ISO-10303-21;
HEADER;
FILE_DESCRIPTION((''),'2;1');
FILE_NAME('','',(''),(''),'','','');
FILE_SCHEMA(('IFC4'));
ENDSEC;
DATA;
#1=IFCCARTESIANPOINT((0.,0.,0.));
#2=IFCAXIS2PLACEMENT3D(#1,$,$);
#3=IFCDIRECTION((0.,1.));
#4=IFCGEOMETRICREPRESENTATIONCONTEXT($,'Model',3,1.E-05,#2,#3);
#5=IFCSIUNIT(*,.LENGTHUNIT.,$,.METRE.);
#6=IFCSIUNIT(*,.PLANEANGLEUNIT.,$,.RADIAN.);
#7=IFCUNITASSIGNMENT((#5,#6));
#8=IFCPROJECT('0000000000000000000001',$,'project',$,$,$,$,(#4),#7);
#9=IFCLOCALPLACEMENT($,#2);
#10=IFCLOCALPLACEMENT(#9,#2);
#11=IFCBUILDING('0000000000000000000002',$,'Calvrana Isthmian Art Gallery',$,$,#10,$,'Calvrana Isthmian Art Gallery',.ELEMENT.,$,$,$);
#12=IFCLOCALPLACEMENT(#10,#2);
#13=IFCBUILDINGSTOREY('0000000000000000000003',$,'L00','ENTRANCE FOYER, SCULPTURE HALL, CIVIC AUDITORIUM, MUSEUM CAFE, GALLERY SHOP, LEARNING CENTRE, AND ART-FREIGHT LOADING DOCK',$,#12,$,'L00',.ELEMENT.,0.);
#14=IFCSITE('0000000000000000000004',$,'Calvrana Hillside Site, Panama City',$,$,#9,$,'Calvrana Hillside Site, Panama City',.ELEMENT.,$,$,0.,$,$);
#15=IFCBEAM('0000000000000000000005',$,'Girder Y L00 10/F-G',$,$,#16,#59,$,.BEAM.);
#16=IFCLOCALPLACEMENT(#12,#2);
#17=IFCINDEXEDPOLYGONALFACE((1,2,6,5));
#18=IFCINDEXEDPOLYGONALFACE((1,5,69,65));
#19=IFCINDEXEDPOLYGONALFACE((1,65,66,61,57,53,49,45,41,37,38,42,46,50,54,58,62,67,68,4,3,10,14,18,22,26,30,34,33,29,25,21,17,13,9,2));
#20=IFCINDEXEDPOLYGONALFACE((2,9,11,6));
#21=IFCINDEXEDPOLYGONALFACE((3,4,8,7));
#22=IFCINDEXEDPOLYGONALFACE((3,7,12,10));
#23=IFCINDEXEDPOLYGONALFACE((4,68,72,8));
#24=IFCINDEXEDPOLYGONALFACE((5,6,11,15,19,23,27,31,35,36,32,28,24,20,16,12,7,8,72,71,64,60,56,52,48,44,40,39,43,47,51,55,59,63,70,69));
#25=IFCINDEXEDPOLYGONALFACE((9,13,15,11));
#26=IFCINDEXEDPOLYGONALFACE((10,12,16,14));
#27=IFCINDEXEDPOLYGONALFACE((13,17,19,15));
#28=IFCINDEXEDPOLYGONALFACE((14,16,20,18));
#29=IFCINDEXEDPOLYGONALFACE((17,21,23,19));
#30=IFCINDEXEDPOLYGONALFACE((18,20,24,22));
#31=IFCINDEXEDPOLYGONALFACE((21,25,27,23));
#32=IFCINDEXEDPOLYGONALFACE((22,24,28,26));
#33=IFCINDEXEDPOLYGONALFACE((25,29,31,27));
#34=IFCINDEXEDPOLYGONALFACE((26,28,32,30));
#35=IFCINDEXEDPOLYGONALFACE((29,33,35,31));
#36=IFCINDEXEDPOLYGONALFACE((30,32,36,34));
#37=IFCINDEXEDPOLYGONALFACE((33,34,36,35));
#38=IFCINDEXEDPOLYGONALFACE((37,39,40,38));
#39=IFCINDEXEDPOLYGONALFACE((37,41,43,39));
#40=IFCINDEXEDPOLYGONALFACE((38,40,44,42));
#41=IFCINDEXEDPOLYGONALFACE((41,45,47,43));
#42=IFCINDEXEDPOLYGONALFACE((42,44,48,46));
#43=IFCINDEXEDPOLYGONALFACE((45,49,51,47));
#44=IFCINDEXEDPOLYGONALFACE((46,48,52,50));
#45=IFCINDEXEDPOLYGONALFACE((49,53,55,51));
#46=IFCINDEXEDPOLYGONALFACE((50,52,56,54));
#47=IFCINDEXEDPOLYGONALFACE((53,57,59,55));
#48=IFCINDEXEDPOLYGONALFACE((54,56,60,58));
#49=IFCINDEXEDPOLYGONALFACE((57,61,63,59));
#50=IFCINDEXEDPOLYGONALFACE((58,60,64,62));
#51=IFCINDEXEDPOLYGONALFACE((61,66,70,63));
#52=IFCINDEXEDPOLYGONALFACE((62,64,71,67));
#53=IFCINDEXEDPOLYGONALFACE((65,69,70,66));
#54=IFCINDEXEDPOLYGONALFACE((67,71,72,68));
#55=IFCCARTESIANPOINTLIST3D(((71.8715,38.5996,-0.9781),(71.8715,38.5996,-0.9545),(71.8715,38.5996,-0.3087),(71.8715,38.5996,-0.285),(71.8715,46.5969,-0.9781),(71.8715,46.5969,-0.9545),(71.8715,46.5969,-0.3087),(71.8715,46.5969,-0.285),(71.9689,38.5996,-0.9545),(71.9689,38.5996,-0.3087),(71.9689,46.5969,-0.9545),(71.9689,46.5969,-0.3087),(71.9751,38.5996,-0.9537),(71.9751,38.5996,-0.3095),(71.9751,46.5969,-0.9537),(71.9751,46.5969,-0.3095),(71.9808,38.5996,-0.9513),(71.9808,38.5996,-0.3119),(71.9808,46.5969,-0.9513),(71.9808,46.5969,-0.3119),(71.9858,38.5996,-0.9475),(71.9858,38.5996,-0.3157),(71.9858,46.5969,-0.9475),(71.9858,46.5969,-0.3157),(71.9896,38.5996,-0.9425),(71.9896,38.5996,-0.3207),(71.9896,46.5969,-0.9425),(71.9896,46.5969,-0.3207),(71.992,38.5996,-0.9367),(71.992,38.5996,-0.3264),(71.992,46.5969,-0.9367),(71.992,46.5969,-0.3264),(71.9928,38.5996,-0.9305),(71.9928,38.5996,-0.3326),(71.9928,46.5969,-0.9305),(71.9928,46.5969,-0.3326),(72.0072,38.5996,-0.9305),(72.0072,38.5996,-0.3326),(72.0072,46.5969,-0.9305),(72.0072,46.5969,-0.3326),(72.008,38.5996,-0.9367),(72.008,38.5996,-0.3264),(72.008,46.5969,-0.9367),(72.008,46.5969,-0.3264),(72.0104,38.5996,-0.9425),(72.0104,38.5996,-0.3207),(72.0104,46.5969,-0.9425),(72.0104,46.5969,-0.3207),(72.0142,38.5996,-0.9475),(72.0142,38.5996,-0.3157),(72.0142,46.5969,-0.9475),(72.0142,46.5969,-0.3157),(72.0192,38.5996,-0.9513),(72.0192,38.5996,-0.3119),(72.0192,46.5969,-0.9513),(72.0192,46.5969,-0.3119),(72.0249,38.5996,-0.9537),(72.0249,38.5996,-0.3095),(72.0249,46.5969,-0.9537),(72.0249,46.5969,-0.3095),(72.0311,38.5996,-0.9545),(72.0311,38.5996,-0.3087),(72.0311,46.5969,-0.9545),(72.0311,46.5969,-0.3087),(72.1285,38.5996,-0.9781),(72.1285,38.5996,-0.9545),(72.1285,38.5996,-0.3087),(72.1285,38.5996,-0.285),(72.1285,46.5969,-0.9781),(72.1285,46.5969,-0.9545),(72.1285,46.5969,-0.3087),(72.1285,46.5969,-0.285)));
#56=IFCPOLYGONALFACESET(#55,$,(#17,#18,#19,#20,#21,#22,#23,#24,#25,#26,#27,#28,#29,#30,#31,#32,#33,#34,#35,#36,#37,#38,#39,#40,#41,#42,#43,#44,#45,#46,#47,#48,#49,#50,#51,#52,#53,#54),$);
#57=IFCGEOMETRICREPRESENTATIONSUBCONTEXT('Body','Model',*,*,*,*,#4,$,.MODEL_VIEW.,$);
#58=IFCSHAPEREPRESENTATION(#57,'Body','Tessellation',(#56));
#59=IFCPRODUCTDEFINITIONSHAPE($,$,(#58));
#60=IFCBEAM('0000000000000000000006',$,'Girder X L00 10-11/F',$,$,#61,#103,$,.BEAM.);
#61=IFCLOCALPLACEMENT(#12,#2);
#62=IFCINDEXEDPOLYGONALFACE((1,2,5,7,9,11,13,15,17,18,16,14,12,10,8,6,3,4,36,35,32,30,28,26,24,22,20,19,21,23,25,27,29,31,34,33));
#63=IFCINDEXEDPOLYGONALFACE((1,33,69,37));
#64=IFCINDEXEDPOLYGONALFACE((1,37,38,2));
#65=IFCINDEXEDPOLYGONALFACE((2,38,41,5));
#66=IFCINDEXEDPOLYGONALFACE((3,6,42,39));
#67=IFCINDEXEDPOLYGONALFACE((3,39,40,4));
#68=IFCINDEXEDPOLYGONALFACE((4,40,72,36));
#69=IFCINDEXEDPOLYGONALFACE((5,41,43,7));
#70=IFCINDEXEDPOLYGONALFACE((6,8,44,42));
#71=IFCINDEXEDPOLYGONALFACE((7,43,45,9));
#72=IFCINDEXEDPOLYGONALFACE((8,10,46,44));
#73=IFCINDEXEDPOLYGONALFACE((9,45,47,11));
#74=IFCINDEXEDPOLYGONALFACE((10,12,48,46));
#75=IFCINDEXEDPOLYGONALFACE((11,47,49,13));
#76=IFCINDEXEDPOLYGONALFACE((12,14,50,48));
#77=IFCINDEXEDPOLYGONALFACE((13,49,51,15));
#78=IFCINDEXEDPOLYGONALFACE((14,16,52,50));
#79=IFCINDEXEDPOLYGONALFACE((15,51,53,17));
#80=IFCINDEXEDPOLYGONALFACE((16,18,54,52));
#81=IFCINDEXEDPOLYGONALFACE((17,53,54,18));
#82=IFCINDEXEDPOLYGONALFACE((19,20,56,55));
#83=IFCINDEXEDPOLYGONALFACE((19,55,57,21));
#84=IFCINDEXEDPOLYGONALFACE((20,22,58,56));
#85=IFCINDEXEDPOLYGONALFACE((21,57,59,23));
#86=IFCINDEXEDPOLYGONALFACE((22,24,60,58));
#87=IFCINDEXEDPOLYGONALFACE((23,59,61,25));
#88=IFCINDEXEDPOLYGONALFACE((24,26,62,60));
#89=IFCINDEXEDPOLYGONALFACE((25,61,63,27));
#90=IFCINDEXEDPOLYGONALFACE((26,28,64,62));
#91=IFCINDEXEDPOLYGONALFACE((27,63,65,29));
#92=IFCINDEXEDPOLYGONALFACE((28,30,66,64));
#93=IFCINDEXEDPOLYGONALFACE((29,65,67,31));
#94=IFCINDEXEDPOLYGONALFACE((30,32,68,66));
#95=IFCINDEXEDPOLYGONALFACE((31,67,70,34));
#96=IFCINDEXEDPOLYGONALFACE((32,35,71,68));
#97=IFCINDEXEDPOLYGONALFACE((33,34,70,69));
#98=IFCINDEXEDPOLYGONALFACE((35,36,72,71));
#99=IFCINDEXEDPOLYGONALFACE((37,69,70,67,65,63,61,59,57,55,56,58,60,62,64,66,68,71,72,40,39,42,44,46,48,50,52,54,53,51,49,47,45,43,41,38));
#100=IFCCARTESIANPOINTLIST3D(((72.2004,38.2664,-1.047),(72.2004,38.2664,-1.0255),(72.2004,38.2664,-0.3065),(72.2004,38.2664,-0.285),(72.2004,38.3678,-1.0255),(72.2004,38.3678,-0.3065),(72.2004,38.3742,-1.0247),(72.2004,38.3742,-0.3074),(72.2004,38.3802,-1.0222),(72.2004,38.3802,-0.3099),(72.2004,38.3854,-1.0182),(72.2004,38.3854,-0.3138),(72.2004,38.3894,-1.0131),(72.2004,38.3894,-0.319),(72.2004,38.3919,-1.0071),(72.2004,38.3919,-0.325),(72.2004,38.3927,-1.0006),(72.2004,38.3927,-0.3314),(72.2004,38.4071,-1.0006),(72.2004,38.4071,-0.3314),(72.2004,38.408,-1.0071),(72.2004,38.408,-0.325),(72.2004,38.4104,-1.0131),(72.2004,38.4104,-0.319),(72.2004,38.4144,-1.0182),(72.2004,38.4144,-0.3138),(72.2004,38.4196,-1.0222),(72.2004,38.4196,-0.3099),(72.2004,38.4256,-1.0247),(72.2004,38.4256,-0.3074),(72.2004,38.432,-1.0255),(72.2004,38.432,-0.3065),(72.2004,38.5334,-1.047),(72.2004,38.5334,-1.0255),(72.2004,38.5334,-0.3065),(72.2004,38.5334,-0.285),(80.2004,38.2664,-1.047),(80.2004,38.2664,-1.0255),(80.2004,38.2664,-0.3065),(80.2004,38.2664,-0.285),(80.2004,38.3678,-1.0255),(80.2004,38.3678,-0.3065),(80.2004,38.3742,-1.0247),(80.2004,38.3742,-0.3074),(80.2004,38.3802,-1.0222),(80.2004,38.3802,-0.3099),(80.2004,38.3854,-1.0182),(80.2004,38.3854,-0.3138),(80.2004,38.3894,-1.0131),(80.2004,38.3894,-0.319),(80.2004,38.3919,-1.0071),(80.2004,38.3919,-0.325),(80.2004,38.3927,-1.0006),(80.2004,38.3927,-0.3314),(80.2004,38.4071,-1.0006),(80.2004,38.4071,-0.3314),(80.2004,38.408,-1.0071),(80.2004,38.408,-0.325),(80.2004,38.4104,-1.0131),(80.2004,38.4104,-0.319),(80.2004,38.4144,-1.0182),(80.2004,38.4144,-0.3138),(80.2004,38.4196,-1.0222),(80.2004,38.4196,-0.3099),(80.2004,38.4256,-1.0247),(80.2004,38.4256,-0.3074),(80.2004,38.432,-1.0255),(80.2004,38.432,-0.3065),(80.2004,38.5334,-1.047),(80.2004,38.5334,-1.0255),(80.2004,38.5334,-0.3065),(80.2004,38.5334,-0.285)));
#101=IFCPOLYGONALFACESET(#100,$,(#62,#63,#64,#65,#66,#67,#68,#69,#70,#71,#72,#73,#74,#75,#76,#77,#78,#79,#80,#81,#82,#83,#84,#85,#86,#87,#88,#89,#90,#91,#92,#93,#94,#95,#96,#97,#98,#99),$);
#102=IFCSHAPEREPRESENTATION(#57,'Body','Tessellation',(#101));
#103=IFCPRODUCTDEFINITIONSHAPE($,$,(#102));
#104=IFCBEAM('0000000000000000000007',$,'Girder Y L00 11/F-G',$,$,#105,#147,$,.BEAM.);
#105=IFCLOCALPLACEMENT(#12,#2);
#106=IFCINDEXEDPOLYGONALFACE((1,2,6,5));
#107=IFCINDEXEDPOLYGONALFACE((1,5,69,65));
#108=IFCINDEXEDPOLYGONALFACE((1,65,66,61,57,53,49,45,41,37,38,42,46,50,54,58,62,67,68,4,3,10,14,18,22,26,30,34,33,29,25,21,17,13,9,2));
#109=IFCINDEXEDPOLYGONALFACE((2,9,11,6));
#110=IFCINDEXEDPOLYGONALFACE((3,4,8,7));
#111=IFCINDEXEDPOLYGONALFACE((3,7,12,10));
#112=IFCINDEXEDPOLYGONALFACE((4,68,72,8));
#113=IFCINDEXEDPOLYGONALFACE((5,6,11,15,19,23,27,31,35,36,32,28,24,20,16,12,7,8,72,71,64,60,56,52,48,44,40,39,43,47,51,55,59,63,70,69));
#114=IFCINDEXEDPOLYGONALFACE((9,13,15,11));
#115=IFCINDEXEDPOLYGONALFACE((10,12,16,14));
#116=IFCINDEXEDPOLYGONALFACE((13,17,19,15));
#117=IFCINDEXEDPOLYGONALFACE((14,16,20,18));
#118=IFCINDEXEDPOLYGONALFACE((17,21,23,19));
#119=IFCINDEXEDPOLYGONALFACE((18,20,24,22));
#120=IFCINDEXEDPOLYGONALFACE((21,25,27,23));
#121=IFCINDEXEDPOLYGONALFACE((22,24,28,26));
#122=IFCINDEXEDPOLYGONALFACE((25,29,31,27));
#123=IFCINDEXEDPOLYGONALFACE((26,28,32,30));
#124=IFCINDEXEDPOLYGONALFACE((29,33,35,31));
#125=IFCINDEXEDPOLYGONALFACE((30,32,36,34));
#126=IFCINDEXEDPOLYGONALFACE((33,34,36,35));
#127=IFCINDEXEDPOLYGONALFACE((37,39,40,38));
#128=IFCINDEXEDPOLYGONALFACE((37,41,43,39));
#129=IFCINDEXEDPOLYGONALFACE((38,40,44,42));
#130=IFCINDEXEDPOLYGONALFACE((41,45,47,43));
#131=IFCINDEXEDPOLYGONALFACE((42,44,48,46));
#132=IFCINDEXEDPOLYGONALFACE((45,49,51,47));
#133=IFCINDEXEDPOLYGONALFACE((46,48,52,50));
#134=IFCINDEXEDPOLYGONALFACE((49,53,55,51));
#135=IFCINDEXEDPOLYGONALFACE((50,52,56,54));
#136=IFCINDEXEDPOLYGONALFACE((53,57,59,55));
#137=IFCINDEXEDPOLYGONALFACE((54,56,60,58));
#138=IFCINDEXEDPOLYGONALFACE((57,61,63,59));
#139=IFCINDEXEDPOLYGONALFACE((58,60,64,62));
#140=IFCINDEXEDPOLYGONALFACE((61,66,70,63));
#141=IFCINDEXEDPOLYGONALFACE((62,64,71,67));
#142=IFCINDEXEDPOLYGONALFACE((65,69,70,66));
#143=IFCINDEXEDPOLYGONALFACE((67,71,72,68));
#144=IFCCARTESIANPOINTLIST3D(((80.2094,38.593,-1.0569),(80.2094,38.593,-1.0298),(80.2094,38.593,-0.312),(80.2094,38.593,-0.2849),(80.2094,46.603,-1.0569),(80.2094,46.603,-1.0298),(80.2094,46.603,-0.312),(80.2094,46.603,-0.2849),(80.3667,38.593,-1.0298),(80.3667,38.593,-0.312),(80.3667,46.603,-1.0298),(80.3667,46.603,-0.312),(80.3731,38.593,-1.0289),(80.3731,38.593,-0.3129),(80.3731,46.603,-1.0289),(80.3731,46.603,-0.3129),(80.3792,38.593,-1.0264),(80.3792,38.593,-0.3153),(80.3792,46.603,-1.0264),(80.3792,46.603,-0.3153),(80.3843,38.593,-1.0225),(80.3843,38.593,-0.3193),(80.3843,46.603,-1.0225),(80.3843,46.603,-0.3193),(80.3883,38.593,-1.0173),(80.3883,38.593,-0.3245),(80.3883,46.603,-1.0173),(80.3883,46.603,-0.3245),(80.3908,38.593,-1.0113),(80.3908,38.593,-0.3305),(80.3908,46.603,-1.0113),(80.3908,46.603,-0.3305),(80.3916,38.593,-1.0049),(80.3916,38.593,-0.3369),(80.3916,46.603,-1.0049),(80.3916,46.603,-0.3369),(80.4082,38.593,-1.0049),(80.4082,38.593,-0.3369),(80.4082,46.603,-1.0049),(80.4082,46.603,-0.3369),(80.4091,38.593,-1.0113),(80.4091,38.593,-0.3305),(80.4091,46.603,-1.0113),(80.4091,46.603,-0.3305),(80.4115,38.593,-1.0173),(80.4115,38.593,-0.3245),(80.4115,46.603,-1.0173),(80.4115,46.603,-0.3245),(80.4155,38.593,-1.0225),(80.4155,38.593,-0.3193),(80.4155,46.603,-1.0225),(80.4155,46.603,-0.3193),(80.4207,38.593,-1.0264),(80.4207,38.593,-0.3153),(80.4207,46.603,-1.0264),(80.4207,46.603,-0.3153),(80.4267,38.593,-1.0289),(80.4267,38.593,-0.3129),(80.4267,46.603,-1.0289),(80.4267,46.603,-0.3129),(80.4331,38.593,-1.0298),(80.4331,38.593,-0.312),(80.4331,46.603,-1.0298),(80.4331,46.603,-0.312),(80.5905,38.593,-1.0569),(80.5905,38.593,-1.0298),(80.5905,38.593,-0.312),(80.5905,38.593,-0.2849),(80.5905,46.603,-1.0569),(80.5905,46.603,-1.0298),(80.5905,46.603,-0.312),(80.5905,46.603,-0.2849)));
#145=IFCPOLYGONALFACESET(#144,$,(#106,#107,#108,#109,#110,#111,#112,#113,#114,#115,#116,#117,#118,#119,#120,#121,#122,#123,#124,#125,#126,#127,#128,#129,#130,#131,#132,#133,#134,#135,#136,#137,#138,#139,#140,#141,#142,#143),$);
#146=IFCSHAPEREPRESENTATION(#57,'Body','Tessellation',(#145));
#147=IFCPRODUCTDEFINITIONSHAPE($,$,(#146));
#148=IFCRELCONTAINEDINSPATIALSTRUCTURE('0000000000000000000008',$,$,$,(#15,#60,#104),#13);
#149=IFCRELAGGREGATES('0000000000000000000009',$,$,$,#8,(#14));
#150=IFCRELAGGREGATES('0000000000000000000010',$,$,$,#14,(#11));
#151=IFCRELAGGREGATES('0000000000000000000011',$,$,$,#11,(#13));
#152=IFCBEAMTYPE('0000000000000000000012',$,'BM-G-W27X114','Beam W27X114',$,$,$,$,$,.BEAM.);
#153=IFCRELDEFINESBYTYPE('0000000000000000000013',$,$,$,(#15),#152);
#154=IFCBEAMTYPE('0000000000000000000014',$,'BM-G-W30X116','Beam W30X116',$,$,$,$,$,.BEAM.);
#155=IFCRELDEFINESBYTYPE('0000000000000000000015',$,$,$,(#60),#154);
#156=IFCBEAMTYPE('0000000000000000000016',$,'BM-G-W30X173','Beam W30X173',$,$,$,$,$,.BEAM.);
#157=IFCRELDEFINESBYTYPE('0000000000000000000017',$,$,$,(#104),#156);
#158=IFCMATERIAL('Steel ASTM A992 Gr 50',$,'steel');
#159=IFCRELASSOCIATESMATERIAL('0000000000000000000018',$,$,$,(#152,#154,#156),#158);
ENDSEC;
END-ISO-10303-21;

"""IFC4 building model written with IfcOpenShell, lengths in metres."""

from ifc_helpers import new_model, si_unit, direction, frame, origin, origin_2d, place, context, subcontext, project, spatial, i_section, extrude, material, material_profile, profile_set, type_object, element, save


model = new_model("IFC4")

# Units and contexts
model_context = context("Model", 3, precision=1e-05, world=origin(), true_north=direction((0.0, 1.0)))
body_context = subcontext(model_context, "Body", "Model", "MODEL_VIEW")
ifc_project = project(units=[si_unit("LENGTHUNIT", "METRE"), si_unit("PLANEANGLEUNIT", "RADIAN")], contexts=[model_context])

# Site, building, storey
site_placement = place(None, origin())
site = spatial("IfcSite", under=ifc_project, at=site_placement, Name="Calvrana Hillside Site, Panama City", LongName="Calvrana Hillside Site, Panama City", CompositionType="ELEMENT", RefElevation=0.0)
building_placement = place(site_placement, origin())
building = spatial("IfcBuilding", under=site, at=building_placement, Name="Calvrana Isthmian Art Gallery", LongName="Calvrana Isthmian Art Gallery", CompositionType="ELEMENT")
storey_placement = place(building_placement, origin())
storey = spatial("IfcBuildingStorey", under=building, at=storey_placement, Name="L00", Description="ENTRANCE FOYER, SCULPTURE HALL, CIVIC AUDITORIUM, MUSEUM CAFE, GALLERY SHOP, LEARNING CENTRE, AND ART-FREIGHT LOADING DOCK", LongName="L00", CompositionType="ELEMENT", Elevation=0.0)

# Shared definitions
ifc_material_1 = material(Name="Steel ASTM A992 Gr 50", Category="steel")

# Beams
ifc_material_profile_1 = material_profile(ifc_material_1, i_section(OverallWidth=0.2571, OverallDepth=0.6931, WebThickness=0.0144, FlangeThickness=0.0237, FilletRadius=0.0239, at=origin_2d()), Name="W27X114")
ifc_profile_set_1 = profile_set([ifc_material_profile_1], Name="Steel ASTM A992 Gr 50")
beam_type_1 = type_object("IfcBeamType", Name="BM-G-W27X114", Description="Beam W27X114", PredefinedType="BEAM", material=ifc_profile_set_1)
beam_1_placement = place(storey_placement, frame((72.0, 38.5996, -0.6316), z_axis=(0.0, 1.0, 0.0), x_axis=(-1.0, 0.0, 0.0)))
element("IfcBeam", 1, at=beam_1_placement, inside=storey, type_object=beam_type_1, Name="Girder Y L00 10/F-G", PredefinedType="BEAM", context=body_context, shape_type="SweptSolid", body=[
    extrude(i_section(OverallWidth=0.2571, OverallDepth=0.6931, WebThickness=0.0144, FlangeThickness=0.0237, FilletRadius=0.0239, at=origin_2d()), origin(), (0.0, 0.0, 1.0), 7.9973),
])
ifc_material_profile_2 = material_profile(ifc_material_1, i_section(OverallWidth=0.2671, OverallDepth=0.762, WebThickness=0.0144, FlangeThickness=0.0215, FilletRadius=0.0249, at=origin_2d()), Name="W30X116")
ifc_profile_set_2 = profile_set([ifc_material_profile_2], Name="Steel ASTM A992 Gr 50")
beam_type_2 = type_object("IfcBeamType", Name="BM-G-W30X116", Description="Beam W30X116", PredefinedType="BEAM", material=ifc_profile_set_2)
beam_2_placement = place(storey_placement, frame((72.2004, 38.3999, -0.666), z_axis=(1.0, 0.0, 0.0), x_axis=(0.0, 1.0, 0.0)))
element("IfcBeam", 2, at=beam_2_placement, inside=storey, type_object=beam_type_2, Name="Girder X L00 10-11/F", PredefinedType="BEAM", context=body_context, shape_type="SweptSolid", body=[
    extrude(i_section(OverallWidth=0.2671, OverallDepth=0.762, WebThickness=0.0144, FlangeThickness=0.0215, FilletRadius=0.0249, at=origin_2d()), origin(), (0.0, 0.0, 1.0), 8.0),
])
ifc_material_profile_3 = material_profile(ifc_material_1, i_section(OverallWidth=0.3811, OverallDepth=0.772, WebThickness=0.0166, FlangeThickness=0.0271, FilletRadius=0.0249, at=origin_2d()), Name="W30X173")
ifc_profile_set_3 = profile_set([ifc_material_profile_3], Name="Steel ASTM A992 Gr 50")
beam_type_3 = type_object("IfcBeamType", Name="BM-G-W30X173", Description="Beam W30X173", PredefinedType="BEAM", material=ifc_profile_set_3)
beam_3_placement = place(storey_placement, frame((80.3999, 38.593, -0.6709), z_axis=(0.0, 1.0, 0.0), x_axis=(-1.0, 0.0, 0.0)))
element("IfcBeam", 3, at=beam_3_placement, inside=storey, type_object=beam_type_3, Name="Girder Y L00 11/F-G", PredefinedType="BEAM", context=body_context, shape_type="SweptSolid", body=[
    extrude(i_section(OverallWidth=0.3811, OverallDepth=0.772, WebThickness=0.0166, FlangeThickness=0.0271, FilletRadius=0.0249, at=origin_2d()), origin(), (0.0, 0.0, 1.0), 8.01),
])

save(model, "model.ifc")
